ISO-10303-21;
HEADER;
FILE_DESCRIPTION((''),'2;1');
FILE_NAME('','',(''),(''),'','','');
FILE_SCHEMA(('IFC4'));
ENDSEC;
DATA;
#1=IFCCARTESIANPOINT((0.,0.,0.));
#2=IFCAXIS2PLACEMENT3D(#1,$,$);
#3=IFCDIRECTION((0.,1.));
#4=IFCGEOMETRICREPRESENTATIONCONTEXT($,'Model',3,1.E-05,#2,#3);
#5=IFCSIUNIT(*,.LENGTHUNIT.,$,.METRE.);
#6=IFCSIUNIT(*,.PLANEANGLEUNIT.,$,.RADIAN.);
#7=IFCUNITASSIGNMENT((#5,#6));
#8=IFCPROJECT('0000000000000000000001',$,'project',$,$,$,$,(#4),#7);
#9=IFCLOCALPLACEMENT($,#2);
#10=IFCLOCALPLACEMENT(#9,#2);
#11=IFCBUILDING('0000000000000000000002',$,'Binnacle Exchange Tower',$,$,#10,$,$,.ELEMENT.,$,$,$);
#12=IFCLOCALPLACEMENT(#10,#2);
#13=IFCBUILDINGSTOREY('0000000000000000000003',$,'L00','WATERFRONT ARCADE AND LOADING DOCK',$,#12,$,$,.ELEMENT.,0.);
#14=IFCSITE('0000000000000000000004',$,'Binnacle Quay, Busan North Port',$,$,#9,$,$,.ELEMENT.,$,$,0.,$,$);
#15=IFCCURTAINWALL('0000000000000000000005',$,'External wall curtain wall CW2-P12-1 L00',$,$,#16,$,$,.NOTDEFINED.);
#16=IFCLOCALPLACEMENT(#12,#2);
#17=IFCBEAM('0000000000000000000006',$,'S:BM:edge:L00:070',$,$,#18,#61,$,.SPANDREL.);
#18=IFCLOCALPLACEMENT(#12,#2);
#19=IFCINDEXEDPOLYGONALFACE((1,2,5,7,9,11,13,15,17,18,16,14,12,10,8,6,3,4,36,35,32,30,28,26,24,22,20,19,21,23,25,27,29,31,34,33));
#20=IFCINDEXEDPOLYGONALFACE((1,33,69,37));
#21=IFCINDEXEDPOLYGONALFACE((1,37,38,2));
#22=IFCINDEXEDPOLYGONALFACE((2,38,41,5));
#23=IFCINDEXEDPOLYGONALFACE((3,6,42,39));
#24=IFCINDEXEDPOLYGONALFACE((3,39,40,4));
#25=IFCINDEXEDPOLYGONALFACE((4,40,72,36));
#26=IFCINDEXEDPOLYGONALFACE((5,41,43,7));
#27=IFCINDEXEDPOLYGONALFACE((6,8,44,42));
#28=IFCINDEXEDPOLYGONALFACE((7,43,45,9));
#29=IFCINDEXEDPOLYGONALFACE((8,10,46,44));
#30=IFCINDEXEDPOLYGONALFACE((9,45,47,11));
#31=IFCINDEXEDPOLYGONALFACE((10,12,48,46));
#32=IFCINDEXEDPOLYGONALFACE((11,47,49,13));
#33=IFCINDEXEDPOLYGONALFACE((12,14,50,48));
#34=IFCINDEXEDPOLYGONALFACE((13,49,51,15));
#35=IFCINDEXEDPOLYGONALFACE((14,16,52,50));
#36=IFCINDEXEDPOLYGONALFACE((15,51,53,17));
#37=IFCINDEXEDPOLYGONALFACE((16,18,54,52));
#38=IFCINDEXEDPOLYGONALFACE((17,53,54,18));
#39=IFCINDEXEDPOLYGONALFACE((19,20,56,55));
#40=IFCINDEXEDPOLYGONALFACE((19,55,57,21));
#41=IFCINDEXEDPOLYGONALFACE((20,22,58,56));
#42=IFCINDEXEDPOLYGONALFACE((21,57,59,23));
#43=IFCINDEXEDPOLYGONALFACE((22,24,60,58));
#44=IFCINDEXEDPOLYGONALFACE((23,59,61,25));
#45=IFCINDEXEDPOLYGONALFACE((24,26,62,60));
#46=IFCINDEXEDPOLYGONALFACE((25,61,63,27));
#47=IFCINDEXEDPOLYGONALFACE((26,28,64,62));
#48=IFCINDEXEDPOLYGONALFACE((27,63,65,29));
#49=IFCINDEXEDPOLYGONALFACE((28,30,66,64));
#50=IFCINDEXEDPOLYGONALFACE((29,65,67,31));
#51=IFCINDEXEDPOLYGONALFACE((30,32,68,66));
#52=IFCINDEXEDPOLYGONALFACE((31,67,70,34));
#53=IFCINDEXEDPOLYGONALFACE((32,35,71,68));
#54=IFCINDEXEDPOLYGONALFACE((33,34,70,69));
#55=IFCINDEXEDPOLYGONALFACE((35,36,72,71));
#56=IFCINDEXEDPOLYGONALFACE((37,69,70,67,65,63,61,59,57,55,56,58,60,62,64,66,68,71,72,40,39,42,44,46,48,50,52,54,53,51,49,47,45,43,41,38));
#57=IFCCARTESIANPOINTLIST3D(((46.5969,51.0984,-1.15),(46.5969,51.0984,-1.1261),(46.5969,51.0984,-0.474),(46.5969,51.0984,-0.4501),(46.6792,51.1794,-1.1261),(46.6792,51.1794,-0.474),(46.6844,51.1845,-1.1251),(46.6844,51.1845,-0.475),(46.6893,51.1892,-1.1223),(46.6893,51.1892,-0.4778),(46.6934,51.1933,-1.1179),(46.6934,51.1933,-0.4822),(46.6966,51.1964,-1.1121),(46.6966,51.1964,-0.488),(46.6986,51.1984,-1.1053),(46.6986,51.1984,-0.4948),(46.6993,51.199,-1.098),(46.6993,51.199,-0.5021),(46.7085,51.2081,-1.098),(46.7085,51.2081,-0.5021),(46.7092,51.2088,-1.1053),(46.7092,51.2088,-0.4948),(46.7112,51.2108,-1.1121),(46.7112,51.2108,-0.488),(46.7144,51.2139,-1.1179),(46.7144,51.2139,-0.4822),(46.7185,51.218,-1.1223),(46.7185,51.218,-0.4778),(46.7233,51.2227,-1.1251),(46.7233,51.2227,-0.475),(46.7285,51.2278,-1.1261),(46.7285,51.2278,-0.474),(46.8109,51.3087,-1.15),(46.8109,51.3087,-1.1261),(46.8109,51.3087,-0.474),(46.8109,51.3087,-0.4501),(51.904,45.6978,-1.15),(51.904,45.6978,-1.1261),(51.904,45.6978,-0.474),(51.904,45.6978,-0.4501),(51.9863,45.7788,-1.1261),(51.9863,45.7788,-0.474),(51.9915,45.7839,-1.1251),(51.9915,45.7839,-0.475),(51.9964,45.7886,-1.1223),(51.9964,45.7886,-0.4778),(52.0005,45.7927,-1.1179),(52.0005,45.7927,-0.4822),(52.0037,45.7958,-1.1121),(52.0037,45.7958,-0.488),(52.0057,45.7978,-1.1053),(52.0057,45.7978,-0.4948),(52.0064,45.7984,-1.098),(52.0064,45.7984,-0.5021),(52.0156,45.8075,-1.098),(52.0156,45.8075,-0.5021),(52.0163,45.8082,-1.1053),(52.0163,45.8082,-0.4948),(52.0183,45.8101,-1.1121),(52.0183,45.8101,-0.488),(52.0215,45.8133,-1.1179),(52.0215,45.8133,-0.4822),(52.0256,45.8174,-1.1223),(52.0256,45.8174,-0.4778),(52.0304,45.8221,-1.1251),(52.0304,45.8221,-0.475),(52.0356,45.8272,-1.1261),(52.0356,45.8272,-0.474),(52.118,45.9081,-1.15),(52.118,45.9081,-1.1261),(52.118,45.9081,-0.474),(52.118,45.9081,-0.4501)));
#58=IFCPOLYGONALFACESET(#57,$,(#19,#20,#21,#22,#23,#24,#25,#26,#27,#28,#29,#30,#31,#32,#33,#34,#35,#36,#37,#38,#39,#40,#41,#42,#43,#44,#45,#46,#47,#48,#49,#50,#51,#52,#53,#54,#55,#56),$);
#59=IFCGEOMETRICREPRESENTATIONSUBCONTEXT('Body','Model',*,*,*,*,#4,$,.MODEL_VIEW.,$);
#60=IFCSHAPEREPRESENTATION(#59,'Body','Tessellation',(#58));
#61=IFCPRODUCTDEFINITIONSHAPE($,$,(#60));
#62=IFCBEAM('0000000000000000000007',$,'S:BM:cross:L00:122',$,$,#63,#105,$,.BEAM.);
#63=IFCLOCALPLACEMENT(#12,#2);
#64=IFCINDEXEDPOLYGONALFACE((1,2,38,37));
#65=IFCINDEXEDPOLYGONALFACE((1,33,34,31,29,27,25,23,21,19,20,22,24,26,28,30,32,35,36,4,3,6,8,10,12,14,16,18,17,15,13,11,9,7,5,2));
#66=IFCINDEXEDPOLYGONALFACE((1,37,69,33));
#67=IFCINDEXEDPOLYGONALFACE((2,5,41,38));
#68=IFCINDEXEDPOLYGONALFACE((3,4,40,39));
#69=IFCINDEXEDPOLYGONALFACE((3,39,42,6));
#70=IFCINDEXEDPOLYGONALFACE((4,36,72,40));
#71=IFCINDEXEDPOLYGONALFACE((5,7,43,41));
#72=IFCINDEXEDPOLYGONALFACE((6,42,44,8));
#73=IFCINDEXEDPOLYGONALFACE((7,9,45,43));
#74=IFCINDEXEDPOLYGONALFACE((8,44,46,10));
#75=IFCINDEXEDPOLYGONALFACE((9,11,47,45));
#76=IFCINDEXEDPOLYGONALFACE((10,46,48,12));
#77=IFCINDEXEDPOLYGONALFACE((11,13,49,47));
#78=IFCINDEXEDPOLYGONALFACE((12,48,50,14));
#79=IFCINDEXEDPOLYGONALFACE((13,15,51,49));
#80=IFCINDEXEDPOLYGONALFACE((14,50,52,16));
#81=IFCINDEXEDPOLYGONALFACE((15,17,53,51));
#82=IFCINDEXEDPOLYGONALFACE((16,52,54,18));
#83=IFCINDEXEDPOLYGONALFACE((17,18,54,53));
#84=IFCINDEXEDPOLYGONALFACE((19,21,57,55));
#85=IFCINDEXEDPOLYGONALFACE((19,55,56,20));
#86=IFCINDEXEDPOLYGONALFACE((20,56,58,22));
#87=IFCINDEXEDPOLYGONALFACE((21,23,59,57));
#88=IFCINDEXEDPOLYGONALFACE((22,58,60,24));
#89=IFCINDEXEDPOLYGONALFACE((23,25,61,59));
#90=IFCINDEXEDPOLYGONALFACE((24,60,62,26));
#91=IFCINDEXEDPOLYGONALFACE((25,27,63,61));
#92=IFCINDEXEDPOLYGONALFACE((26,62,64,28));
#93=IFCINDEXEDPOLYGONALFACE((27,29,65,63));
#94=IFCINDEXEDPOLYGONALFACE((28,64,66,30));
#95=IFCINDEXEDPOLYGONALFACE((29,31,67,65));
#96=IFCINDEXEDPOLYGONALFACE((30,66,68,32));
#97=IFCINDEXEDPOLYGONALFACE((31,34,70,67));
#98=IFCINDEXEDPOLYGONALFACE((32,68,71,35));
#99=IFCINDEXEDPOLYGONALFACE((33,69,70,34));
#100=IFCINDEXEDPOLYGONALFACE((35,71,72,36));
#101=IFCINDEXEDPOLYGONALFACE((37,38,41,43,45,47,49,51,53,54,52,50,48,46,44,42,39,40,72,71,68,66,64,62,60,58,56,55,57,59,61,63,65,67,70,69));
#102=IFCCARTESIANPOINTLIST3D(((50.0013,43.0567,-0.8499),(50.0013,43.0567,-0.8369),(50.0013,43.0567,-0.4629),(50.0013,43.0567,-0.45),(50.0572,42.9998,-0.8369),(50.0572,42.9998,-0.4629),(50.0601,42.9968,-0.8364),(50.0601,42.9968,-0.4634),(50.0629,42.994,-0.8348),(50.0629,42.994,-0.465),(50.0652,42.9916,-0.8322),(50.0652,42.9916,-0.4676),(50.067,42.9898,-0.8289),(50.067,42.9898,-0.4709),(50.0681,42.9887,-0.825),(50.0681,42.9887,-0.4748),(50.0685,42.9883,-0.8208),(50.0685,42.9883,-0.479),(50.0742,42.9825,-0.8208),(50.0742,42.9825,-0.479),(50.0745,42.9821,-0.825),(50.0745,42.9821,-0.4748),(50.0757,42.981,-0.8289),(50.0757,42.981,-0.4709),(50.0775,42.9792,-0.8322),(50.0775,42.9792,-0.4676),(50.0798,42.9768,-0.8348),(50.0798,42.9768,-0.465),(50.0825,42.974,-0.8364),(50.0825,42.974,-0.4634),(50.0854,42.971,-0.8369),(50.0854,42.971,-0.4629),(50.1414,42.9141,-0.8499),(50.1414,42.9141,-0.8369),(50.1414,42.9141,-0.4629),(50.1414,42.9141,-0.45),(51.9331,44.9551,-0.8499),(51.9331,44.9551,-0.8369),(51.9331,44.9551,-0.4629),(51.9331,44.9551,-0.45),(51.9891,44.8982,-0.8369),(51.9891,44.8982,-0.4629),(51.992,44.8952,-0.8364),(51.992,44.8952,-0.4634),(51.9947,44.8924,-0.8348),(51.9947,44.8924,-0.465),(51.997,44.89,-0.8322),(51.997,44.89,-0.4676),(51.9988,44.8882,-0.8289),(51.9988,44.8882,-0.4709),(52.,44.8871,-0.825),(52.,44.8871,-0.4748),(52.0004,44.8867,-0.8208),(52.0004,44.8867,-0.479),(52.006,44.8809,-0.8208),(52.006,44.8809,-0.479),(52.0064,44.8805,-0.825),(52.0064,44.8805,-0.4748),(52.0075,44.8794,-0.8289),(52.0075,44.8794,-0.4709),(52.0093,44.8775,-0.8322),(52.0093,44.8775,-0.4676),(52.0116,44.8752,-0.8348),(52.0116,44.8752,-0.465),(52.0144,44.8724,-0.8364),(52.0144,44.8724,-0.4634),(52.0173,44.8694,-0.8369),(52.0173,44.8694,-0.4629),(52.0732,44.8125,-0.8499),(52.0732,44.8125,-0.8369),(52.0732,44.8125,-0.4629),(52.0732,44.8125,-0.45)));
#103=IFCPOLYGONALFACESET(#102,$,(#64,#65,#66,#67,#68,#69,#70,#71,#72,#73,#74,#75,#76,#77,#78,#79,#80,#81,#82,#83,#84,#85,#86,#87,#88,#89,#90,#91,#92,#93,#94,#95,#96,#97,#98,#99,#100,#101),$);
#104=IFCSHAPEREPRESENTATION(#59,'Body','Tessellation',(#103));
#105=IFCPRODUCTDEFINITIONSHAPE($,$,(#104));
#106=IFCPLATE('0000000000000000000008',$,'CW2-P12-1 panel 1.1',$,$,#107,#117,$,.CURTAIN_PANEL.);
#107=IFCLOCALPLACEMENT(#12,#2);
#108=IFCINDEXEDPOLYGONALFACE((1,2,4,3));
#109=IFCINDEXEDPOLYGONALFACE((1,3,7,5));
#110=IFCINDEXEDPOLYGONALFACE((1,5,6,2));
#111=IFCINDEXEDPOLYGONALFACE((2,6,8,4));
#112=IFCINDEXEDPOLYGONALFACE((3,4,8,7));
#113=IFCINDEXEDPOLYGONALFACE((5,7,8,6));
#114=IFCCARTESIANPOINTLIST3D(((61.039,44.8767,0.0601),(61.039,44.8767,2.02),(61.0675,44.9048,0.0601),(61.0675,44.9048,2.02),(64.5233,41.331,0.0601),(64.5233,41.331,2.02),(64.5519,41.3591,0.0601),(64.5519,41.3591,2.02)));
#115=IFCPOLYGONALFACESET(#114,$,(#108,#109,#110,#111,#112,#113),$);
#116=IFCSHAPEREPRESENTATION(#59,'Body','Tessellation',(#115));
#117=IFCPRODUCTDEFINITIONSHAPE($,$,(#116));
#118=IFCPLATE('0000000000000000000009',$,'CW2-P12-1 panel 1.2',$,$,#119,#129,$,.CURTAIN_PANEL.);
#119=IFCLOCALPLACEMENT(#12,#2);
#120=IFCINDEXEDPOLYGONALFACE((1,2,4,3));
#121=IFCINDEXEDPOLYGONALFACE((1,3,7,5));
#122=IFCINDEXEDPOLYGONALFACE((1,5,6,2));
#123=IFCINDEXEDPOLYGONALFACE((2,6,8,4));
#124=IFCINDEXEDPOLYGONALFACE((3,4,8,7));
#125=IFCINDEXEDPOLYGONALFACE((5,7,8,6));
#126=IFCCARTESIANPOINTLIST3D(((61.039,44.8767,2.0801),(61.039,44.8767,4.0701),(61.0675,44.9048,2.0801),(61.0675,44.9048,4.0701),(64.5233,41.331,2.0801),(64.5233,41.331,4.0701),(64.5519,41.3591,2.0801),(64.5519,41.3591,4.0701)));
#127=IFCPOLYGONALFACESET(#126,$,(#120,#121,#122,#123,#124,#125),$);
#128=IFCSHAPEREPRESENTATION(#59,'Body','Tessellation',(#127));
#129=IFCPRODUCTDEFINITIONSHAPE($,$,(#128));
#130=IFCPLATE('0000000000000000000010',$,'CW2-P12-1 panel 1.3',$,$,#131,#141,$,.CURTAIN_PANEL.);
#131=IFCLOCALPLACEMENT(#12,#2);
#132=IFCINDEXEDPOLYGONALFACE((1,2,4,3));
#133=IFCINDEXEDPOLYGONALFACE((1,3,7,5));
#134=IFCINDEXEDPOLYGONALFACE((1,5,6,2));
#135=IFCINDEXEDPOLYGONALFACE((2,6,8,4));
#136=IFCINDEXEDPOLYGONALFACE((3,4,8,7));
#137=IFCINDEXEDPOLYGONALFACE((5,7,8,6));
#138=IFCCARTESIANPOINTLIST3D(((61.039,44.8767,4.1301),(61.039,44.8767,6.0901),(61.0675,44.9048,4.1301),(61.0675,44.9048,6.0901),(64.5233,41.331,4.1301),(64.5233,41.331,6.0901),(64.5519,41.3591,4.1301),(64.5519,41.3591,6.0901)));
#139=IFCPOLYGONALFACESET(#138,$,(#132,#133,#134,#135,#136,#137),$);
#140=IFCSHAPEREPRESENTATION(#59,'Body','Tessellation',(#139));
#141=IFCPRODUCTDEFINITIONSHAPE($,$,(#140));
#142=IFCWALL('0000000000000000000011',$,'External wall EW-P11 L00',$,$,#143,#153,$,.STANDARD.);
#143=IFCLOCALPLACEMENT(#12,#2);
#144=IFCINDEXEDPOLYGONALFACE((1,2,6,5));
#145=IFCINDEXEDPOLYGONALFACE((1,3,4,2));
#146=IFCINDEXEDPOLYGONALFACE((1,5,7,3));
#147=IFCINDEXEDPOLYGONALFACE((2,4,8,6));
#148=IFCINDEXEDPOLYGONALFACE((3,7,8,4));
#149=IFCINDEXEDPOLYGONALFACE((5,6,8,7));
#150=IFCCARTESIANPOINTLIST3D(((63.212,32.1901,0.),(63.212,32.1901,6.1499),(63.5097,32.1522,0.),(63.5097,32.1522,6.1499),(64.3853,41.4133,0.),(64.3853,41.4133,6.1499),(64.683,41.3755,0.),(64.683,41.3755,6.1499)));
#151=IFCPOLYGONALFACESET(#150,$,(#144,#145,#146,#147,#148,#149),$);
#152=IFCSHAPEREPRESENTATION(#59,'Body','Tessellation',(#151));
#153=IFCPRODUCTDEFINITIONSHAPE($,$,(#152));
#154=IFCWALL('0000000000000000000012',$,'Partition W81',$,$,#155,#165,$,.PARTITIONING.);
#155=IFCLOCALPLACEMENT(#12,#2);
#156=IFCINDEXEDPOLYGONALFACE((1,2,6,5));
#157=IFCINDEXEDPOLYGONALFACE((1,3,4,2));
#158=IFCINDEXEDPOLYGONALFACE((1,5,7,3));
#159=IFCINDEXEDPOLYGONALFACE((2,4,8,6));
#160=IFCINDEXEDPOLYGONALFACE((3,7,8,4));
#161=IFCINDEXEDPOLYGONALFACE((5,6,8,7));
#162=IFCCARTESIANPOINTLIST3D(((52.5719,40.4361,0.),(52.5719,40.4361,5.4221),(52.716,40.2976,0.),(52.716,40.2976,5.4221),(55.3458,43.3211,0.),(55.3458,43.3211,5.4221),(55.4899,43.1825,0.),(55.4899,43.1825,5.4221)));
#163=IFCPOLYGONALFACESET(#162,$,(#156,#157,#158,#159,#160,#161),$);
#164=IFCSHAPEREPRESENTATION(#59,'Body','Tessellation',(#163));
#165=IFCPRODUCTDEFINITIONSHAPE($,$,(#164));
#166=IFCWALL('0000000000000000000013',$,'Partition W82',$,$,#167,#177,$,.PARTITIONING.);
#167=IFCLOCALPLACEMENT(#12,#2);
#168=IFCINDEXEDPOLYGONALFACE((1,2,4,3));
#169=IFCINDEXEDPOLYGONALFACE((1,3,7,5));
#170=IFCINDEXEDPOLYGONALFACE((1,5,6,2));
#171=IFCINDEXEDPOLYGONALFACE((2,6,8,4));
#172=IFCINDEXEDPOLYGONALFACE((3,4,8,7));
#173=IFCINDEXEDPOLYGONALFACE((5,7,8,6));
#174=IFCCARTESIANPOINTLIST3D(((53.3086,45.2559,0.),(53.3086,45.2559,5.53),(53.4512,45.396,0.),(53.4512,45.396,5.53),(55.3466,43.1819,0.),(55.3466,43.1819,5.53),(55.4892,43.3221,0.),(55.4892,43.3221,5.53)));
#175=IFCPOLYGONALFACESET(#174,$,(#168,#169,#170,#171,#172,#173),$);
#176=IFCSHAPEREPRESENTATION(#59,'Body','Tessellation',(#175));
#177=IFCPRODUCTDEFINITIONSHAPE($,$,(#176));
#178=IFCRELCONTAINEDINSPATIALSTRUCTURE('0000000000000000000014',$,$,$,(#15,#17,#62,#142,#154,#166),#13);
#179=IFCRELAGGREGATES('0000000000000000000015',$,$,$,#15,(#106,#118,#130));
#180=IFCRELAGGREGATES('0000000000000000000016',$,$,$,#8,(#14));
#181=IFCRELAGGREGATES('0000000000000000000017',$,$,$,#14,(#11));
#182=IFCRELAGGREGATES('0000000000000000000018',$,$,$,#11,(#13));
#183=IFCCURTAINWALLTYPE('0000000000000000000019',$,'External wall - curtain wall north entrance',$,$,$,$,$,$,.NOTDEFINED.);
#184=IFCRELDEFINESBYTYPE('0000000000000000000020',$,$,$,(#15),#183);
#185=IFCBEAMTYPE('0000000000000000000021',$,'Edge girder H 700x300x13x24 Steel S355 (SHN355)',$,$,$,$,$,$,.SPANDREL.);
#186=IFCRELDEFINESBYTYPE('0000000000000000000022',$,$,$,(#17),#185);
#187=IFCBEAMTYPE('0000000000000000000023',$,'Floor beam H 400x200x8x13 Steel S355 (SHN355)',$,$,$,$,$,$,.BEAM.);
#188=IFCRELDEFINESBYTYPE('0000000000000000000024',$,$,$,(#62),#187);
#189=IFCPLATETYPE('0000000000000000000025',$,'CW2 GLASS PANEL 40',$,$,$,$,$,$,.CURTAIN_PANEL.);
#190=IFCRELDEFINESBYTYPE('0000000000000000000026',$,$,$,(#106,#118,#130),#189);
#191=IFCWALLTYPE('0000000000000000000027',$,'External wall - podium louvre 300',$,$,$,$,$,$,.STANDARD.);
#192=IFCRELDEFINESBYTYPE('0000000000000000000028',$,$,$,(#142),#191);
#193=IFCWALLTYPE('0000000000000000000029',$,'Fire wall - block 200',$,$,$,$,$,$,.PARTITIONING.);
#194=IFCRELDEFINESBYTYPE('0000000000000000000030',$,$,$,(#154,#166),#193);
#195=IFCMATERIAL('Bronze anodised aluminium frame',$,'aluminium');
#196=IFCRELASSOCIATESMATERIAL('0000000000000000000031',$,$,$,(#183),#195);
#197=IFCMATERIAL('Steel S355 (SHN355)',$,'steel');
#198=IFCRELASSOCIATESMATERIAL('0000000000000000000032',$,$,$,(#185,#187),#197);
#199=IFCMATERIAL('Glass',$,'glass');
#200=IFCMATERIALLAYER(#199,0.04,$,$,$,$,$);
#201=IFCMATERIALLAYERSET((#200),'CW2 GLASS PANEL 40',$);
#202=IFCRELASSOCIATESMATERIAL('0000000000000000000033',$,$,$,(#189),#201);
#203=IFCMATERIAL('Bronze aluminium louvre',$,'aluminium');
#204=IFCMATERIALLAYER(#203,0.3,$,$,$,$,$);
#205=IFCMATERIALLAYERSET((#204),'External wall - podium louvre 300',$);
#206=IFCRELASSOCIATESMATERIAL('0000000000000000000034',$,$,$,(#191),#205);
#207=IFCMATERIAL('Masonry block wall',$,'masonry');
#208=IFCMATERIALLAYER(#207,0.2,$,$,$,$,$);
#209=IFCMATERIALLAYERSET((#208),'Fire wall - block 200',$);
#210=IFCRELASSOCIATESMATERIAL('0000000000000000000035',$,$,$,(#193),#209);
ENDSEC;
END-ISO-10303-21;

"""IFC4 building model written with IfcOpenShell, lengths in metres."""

from ifc_helpers import new_model, si_unit, direction, frame, frame_2d, origin, origin_2d, place, context, subcontext, project, spatial, rectangle, i_section, extrude, material, layer, layer_set, material_profile, profile_set, type_object, element, aggregate, save


model = new_model("IFC4")

# Units and contexts
model_context = context("Model", 3, precision=1e-05, world=origin(), true_north=direction((0.0, 1.0)))
body_context = subcontext(model_context, "Body", "Model", "MODEL_VIEW")
ifc_project = project(units=[si_unit("LENGTHUNIT", "METRE"), si_unit("PLANEANGLEUNIT", "RADIAN")], contexts=[model_context])

# Site, building, storey
site_placement = place(None, origin())
site = spatial("IfcSite", under=ifc_project, at=site_placement, Name="Binnacle Quay, Busan North Port", CompositionType="ELEMENT", RefElevation=0.0)
building_placement = place(site_placement, origin())
building = spatial("IfcBuilding", under=site, at=building_placement, Name="Binnacle Exchange Tower", CompositionType="ELEMENT")
storey_placement = place(building_placement, origin())
storey = spatial("IfcBuildingStorey", under=building, at=storey_placement, Name="L00", Description="WATERFRONT ARCADE AND LOADING DOCK", CompositionType="ELEMENT", Elevation=0.0)

# Curtain wall
ifc_material_1 = material(Name="Bronze anodised aluminium frame", Category="aluminium")
curtain_wall_type = type_object("IfcCurtainWallType", Name="External wall - curtain wall north entrance", PredefinedType="NOTDEFINED", material=ifc_material_1)
curtain_wall_placement = place(storey_placement, origin())
curtain_wall = element("IfcCurtainWall", 1, at=curtain_wall_placement, inside=storey, type_object=curtain_wall_type, Name="External wall curtain wall CW2-P12-1 L00", PredefinedType="NOTDEFINED")

# Beams
ifc_material_2 = material(Name="Steel S355 (SHN355)", Category="steel")
ifc_material_profile_1 = material_profile(ifc_material_2, i_section(OverallWidth=0.3, OverallDepth=0.7, WebThickness=0.0129, FlangeThickness=0.0239, FilletRadius=0.0281, at=origin_2d()), Name="H 700x300x13x24")
ifc_profile_set_1 = profile_set([ifc_material_profile_1], Name="Steel S355 (SHN355)")
beam_type_1 = type_object("IfcBeamType", Name="Edge girder H 700x300x13x24 Steel S355 (SHN355)", PredefinedType="SPANDREL", material=ifc_profile_set_1)
beam_1_placement = place(storey_placement, frame((52.011, 45.803, -0.8), z_axis=(-0.700905, 0.713254, 0.0), x_axis=(-0.713254, -0.700905, 0.0)))
element("IfcBeam", 2, at=beam_1_placement, inside=storey, type_object=beam_type_1, Name="S:BM:edge:L00:070", PredefinedType="SPANDREL", context=body_context, shape_type="SweptSolid", body=[
    extrude(i_section(OverallWidth=0.3, OverallDepth=0.7, WebThickness=0.0129, FlangeThickness=0.0239, FilletRadius=0.0281, at=origin_2d()), origin(), (0.0, 0.0, 1.0), 7.5718),
])
ifc_material_profile_2 = material_profile(ifc_material_2, i_section(OverallWidth=0.2, OverallDepth=0.3999, WebThickness=0.0081, FlangeThickness=0.0129, FilletRadius=0.0161, at=origin_2d()), Name="H 400x200x8x13")
ifc_profile_set_2 = profile_set([ifc_material_profile_2], Name="Steel S355 (SHN355)")
beam_type_2 = type_object("IfcBeamType", Name="Floor beam H 400x200x8x13 Steel S355 (SHN355)", PredefinedType="BEAM", material=ifc_profile_set_2)
beam_2_placement = place(storey_placement, frame((52.0032, 44.8838, -0.6499), z_axis=(-0.713254, -0.700905, 0.0), x_axis=(0.700905, -0.713254, 0.0)))
element("IfcBeam", 3, at=beam_2_placement, inside=storey, type_object=beam_type_2, Name="S:BM:cross:L00:122", PredefinedType="BEAM", context=body_context, shape_type="SweptSolid", body=[
    extrude(i_section(OverallWidth=0.2, OverallDepth=0.3999, WebThickness=0.0081, FlangeThickness=0.0129, FilletRadius=0.0161, at=origin_2d()), origin(), (0.0, 0.0, 1.0), 2.7085),
])

# Plates
ifc_material_3 = material(Name="Glass", Category="glass")
ifc_layer_1 = layer(ifc_material_3, 0.04)
ifc_layer_set_1 = layer_set([ifc_layer_1], Name="CW2 GLASS PANEL 40")
plate_type = type_object("IfcPlateType", Name="CW2 GLASS PANEL 40", PredefinedType="CURTAIN_PANEL", material=ifc_layer_set_1)
plate_1_placement = place(storey_placement, frame((62.7954, 43.1179, 0.0601), z_axis=(0.0, 0.0, 1.0), x_axis=(-0.700909, 0.71325, 0.0)))
plate_1 = element("IfcPlate", 4, at=plate_1_placement, type_object=plate_type, Name="CW2-P12-1 panel 1.1", PredefinedType="CURTAIN_PANEL", context=body_context, shape_type="SweptSolid", body=[
    extrude(rectangle(XDim=4.9712, YDim=0.04, at=origin_2d()), origin(), (0.0, 0.0, 1.0), 1.96),
])
plate_2_placement = place(storey_placement, frame((62.7954, 43.1179, 2.0801), z_axis=(0.0, 0.0, 1.0), x_axis=(-0.700909, 0.71325, 0.0)))
plate_2 = element("IfcPlate", 5, at=plate_2_placement, type_object=plate_type, Name="CW2-P12-1 panel 1.2", PredefinedType="CURTAIN_PANEL", context=body_context, shape_type="SweptSolid", body=[
    extrude(rectangle(XDim=4.9712, YDim=0.04, at=origin_2d()), origin(), (0.0, 0.0, 1.0), 1.99),
])
plate_3_placement = place(storey_placement, frame((62.7954, 43.1179, 4.1301), z_axis=(0.0, 0.0, 1.0), x_axis=(-0.700909, 0.71325, 0.0)))
plate_3 = element("IfcPlate", 6, at=plate_3_placement, type_object=plate_type, Name="CW2-P12-1 panel 1.3", PredefinedType="CURTAIN_PANEL", context=body_context, shape_type="SweptSolid", body=[
    extrude(rectangle(XDim=4.9712, YDim=0.04, at=origin_2d()), origin(), (0.0, 0.0, 1.0), 1.96),
])
aggregate(curtain_wall, [plate_1, plate_2, plate_3])

# Walls
ifc_material_4 = material(Name="Bronze aluminium louvre", Category="aluminium")
ifc_layer_2 = layer(ifc_material_4, 0.3)
ifc_layer_set_2 = layer_set([ifc_layer_2], Name="External wall - podium louvre 300")
wall_type_1 = type_object("IfcWallType", Name="External wall - podium louvre 300", PredefinedType="STANDARD", material=ifc_layer_set_2)
wall_1_placement = place(storey_placement, frame((64.5342, 41.3945, 0.0), z_axis=(0.0, 0.0, 1.0), x_axis=(-0.126196, -0.992005, 0.0)))
element("IfcWall", 7, at=wall_1_placement, inside=storey, type_object=wall_type_1, Name="External wall EW-P11 L00", PredefinedType="STANDARD", context=body_context, shape_type="SweptSolid", body=[
    extrude(rectangle(XDim=9.2976, YDim=0.3, at=frame_2d((4.6489, 0.0))), origin(), (0.0, 0.0, 1.0), 6.1499),
])
ifc_material_5 = material(Name="Masonry block wall", Category="masonry")
ifc_layer_3 = layer(ifc_material_5, 0.2)
ifc_layer_set_3 = layer_set([ifc_layer_3], Name="Fire wall - block 200")
wall_type_2 = type_object("IfcWallType", Name="Fire wall - block 200", PredefinedType="PARTITIONING", material=ifc_layer_set_3)
wall_2_placement = place(storey_placement, frame((52.644, 40.3669, 0.0), z_axis=(0.0, 0.0, 1.0), x_axis=(0.693093, 0.720848, 0.0)))
element("IfcWall", 8, at=wall_2_placement, inside=storey, type_object=wall_type_2, Name="Partition W81", PredefinedType="PARTITIONING", context=body_context, shape_type="SweptSolid", body=[
    extrude(rectangle(XDim=4.0022, YDim=0.2, at=frame_2d((2.001, 0.0))), origin(), (0.0, 0.0, 1.0), 5.4221),
])
wall_3_placement = place(storey_placement, frame((53.3799, 45.3259, 0.0), z_axis=(0.0, 0.0, 1.0), x_axis=(0.700909, -0.713251, 0.0)))
element("IfcWall", 9, at=wall_3_placement, inside=storey, type_object=wall_type_2, Name="Partition W82", PredefinedType="PARTITIONING", context=body_context, shape_type="SweptSolid", body=[
    extrude(rectangle(XDim=2.9077, YDim=0.2, at=frame_2d((1.4539, 0.0))), origin(), (0.0, 0.0, 1.0), 5.53),
])

save(model, "model.ifc")
